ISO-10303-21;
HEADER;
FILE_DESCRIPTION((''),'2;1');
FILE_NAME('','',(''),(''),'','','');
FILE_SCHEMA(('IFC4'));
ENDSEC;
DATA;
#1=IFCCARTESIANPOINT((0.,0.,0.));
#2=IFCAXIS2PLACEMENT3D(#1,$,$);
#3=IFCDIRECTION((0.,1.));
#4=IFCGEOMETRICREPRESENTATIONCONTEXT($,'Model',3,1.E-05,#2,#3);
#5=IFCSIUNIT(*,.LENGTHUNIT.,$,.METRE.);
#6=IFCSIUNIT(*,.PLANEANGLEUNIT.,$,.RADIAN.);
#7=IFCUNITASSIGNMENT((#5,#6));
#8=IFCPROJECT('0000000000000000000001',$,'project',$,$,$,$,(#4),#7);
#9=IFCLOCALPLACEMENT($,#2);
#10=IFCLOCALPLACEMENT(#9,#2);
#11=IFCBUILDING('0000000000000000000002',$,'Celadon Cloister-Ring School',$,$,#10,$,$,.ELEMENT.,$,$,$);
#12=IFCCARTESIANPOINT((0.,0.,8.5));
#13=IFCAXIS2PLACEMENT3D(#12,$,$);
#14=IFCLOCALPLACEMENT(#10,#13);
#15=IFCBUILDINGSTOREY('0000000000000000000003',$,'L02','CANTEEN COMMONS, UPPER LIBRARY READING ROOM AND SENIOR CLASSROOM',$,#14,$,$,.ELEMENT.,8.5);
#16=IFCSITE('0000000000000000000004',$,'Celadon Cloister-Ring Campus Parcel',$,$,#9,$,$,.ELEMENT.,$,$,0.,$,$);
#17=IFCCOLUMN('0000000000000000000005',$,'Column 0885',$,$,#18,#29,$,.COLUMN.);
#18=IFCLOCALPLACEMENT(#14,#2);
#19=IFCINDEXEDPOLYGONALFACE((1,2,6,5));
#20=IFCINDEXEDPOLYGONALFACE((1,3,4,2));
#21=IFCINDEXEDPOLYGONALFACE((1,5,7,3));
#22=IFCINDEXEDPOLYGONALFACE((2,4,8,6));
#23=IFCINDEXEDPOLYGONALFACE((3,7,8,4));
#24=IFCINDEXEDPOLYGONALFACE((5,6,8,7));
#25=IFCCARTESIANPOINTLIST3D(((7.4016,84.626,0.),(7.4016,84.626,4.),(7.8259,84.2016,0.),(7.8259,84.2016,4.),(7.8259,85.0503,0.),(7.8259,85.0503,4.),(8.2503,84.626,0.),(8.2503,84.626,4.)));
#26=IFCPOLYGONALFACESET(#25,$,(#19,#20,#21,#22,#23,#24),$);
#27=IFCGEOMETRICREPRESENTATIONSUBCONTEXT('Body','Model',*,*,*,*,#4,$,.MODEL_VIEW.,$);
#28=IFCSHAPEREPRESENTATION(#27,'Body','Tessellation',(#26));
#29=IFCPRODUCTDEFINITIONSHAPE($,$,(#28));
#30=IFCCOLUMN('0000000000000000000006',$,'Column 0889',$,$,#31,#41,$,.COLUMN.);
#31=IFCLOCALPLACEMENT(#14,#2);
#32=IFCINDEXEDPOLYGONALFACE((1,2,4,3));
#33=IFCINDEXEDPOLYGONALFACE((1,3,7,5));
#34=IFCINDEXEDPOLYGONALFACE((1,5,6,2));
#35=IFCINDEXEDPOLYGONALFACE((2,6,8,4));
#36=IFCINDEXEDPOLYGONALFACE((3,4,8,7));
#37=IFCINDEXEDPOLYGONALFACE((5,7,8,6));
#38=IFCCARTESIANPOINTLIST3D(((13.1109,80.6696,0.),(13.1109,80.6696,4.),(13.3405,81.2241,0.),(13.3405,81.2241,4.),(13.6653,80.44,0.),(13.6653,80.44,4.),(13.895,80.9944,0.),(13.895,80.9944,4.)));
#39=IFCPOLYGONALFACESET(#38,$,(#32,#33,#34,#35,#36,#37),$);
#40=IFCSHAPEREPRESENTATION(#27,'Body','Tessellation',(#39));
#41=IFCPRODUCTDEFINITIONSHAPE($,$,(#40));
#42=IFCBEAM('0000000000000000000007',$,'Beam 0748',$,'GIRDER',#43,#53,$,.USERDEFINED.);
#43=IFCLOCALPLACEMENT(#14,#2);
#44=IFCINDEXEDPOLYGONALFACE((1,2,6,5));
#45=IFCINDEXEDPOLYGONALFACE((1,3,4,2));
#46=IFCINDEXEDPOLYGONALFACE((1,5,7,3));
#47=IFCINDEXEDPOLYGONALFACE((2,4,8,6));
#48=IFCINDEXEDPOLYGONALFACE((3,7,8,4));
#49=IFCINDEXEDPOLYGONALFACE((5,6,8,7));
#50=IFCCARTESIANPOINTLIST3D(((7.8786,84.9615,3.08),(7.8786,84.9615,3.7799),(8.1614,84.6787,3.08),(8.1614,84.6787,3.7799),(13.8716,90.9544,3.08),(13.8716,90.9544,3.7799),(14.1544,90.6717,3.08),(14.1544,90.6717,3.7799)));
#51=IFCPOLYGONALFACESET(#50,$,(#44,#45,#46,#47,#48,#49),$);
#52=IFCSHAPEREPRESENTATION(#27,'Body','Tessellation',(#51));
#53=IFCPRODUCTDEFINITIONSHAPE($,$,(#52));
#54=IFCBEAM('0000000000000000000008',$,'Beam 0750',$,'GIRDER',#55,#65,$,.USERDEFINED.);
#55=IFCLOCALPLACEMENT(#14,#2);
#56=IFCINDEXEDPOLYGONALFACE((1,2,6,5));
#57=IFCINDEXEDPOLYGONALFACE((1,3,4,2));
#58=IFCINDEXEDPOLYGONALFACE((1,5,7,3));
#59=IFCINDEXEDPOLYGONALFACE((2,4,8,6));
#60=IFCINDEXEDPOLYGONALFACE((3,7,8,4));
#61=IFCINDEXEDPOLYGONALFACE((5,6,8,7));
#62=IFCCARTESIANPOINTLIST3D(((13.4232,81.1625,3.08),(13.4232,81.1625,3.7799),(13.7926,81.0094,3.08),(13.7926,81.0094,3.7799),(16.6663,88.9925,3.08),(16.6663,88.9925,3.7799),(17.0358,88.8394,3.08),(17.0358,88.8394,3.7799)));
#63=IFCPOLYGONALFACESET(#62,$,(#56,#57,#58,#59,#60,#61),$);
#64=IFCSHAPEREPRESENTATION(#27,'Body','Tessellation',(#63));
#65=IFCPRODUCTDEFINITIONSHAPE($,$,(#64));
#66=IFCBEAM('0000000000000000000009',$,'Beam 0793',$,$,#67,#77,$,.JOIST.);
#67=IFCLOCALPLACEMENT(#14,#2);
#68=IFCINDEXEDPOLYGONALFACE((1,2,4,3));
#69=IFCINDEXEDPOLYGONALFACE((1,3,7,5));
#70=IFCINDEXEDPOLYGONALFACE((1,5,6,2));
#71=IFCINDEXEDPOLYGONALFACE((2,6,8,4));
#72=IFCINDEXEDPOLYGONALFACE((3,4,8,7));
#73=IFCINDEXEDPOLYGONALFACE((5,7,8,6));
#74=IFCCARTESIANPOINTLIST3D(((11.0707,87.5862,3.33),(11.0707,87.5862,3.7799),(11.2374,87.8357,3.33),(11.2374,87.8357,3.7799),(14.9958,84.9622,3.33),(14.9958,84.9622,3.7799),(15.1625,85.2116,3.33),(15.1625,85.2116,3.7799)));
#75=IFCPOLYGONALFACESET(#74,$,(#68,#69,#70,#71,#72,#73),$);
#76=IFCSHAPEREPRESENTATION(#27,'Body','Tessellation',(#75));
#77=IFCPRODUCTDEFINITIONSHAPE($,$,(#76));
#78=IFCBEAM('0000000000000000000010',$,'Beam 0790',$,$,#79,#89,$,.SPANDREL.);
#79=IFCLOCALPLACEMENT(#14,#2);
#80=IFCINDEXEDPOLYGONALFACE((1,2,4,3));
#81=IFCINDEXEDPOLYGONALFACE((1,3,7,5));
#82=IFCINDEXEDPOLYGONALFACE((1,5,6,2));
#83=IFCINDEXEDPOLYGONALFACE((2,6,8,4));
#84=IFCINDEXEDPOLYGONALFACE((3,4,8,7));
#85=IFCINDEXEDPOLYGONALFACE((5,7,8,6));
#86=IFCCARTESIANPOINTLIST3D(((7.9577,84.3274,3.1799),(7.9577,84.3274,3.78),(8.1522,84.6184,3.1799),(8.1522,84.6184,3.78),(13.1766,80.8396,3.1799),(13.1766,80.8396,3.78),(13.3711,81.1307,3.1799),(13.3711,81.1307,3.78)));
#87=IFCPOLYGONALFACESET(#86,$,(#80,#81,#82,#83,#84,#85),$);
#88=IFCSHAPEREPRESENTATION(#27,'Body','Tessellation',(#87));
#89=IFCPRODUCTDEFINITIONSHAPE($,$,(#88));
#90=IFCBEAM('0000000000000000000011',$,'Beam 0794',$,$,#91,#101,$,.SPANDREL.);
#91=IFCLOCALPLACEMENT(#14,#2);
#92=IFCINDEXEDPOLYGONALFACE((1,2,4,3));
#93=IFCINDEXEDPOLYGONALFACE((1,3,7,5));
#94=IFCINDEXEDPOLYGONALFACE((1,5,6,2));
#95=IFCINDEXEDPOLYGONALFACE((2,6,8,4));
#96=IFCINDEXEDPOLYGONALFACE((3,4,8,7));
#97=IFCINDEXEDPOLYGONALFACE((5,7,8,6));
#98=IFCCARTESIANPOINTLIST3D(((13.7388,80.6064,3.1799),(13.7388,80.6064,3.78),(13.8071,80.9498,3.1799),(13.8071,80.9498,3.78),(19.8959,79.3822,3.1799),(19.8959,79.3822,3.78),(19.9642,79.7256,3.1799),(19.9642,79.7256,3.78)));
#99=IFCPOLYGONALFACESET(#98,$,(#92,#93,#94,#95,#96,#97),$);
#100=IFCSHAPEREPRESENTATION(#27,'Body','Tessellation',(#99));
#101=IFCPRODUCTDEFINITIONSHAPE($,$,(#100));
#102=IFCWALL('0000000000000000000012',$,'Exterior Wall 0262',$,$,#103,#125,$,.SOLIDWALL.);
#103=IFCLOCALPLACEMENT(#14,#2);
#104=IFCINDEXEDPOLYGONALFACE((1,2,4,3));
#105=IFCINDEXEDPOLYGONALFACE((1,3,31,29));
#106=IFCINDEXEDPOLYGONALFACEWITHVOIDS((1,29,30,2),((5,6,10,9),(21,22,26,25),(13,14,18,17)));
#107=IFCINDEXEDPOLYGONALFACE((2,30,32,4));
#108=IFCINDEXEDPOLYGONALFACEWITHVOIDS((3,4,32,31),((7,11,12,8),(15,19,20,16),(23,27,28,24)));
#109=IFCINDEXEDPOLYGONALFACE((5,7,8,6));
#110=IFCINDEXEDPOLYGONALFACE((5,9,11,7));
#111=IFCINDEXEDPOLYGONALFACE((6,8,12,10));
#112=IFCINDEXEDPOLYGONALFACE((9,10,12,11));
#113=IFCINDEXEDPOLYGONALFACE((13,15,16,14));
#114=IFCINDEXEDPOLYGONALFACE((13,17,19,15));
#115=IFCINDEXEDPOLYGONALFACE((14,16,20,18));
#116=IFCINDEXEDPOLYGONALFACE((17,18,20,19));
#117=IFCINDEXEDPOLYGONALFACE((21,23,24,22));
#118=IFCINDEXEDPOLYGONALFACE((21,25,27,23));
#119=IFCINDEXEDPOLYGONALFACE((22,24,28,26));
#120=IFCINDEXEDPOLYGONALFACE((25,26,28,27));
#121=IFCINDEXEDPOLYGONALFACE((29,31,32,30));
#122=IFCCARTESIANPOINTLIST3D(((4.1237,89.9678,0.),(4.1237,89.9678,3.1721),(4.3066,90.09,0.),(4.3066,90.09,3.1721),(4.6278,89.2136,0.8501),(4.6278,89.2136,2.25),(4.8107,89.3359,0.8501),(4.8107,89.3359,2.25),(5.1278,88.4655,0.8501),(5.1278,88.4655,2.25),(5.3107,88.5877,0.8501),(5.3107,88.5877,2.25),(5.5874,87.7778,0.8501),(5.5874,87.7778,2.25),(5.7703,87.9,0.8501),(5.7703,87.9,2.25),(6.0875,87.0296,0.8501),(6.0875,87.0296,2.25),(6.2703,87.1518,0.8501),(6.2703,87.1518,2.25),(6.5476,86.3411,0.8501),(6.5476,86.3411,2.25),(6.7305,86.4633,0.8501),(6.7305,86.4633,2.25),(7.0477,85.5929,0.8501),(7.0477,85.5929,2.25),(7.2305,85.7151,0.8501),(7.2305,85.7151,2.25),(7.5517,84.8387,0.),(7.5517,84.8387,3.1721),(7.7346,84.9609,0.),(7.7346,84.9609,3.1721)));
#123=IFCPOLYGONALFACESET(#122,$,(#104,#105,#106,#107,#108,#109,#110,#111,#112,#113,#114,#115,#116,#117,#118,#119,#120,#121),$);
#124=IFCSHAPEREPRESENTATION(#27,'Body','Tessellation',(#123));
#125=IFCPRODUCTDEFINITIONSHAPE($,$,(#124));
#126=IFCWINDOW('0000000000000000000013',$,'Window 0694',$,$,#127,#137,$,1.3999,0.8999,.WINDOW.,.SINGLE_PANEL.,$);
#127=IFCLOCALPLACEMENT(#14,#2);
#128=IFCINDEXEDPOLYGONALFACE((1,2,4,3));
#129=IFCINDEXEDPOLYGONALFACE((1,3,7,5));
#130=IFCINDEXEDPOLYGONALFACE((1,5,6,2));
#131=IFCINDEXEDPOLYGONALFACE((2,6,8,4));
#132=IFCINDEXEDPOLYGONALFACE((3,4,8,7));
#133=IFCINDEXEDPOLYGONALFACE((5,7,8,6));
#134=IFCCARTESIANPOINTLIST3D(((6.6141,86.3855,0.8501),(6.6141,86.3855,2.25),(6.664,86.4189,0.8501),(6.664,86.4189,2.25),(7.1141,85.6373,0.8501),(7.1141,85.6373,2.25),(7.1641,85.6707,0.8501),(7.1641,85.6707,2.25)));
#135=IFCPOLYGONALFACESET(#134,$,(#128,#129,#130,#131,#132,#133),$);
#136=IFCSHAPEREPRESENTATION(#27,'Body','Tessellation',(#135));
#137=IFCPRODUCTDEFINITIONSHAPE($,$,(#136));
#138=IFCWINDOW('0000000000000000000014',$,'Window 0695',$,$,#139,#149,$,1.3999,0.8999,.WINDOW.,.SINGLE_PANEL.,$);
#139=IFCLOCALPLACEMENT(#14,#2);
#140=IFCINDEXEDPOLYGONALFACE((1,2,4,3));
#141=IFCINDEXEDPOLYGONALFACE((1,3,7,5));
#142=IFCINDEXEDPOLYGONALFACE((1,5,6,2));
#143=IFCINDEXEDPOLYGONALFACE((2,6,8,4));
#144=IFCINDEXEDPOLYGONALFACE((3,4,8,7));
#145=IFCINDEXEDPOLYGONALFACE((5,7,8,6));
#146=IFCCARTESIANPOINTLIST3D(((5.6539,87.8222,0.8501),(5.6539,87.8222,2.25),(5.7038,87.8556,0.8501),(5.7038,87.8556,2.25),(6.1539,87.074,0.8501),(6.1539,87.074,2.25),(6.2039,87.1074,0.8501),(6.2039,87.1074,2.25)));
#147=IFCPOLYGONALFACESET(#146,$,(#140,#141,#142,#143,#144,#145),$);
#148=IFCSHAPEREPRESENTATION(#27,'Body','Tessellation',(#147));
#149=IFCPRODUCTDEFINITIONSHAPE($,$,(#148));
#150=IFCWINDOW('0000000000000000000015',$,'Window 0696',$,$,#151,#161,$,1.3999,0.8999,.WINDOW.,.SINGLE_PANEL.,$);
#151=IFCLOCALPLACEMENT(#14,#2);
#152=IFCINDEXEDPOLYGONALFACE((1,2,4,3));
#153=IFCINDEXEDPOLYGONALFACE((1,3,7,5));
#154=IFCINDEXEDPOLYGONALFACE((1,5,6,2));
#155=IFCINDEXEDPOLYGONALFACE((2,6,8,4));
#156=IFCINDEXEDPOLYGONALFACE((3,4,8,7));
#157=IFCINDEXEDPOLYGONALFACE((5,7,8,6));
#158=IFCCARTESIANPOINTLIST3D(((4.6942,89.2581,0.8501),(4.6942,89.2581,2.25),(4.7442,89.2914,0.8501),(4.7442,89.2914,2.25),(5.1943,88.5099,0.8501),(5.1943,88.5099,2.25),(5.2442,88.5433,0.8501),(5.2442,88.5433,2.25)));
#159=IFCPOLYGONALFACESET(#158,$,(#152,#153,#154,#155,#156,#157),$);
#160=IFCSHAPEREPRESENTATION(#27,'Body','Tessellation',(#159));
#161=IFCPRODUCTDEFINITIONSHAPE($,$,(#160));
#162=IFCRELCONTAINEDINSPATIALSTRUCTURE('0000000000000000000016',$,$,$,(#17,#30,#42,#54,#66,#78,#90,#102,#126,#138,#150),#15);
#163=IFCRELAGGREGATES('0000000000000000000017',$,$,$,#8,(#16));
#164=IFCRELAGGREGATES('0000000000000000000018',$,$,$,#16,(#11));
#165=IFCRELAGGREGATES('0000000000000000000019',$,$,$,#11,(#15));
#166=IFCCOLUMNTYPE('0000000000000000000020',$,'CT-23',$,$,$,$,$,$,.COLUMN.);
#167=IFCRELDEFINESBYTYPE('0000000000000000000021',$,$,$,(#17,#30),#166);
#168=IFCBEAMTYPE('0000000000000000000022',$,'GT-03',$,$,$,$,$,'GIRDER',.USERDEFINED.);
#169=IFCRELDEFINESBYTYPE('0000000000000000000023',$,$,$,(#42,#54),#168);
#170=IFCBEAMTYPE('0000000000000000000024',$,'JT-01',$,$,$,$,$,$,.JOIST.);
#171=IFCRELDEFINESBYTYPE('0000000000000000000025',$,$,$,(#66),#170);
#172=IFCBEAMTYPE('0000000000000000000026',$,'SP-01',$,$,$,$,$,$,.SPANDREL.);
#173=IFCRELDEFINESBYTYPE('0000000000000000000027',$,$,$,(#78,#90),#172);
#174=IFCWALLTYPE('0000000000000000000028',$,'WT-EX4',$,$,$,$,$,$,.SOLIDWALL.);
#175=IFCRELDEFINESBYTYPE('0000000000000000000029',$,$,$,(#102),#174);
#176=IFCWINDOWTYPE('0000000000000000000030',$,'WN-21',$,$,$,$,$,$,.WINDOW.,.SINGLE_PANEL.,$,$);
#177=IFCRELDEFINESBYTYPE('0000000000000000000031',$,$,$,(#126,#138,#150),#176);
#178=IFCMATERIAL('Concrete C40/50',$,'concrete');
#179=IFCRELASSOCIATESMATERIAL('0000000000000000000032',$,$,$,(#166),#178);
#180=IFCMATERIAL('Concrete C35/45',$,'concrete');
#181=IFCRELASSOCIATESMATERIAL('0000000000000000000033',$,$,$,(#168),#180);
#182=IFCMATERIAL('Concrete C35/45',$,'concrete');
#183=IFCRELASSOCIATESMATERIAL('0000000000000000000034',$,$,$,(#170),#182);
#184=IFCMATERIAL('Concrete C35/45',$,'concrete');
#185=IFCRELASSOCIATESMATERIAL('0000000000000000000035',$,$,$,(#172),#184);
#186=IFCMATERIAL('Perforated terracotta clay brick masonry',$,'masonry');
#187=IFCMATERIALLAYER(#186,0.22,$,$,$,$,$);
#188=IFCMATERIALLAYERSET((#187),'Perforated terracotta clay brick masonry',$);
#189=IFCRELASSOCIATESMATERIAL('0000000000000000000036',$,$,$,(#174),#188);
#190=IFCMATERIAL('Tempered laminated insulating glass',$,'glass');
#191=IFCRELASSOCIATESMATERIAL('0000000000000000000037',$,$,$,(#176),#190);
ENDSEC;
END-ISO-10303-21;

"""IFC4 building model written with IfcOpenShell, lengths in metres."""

from ifc_helpers import new_model, si_unit, direction, frame, frame_2d, origin, origin_2d, place, context, subcontext, project, spatial, rectangle, extrude, material, layer, layer_set, material_profile, profile_set, type_object, element, fill, save


model = new_model("IFC4")

# Units and contexts
model_context = context("Model", 3, precision=1e-05, world=origin(), true_north=direction((0.0, 1.0)))
body_context = subcontext(model_context, "Body", "Model", "MODEL_VIEW")
ifc_project = project(units=[si_unit("LENGTHUNIT", "METRE"), si_unit("PLANEANGLEUNIT", "RADIAN")], contexts=[model_context])

# Site, building, storey
site_placement = place(None, origin())
site = spatial("IfcSite", under=ifc_project, at=site_placement, Name="Celadon Cloister-Ring Campus Parcel", CompositionType="ELEMENT", RefElevation=0.0)
building_placement = place(site_placement, origin())
building = spatial("IfcBuilding", under=site, at=building_placement, Name="Celadon Cloister-Ring School", CompositionType="ELEMENT")
storey_placement = place(building_placement, frame((0.0, 0.0, 8.5)))
storey = spatial("IfcBuildingStorey", under=building, at=storey_placement, Name="L02", Description="CANTEEN COMMONS, UPPER LIBRARY READING ROOM AND SENIOR CLASSROOM", CompositionType="ELEMENT", Elevation=8.5)

# Columns
ifc_material_1 = material(Name="Concrete C40/50", Category="concrete")
ifc_material_profile_1 = material_profile(ifc_material_1, rectangle(XDim=0.6001, YDim=0.6001, at=origin_2d()), Name="RC600X600")
ifc_profile_set_1 = profile_set([ifc_material_profile_1], Name="Concrete C40/50")
column_type = type_object("IfcColumnType", Name="CT-23", PredefinedType="COLUMN", material=ifc_profile_set_1)
for number, where, z_axis, x_axis, name in (
    (1, (7.8259, 84.626, 0.0), (0.0, 0.0, 1.0), (-0.707107, -0.707107, 0.0), "Column 0885"),
    (2, (13.5029, 80.832, 0.0), (0.0, 0.0, 1.0), (-0.382683, -0.92388, 0.0), "Column 0889"),
):
    element("IfcColumn", number, at=place(storey_placement, frame(where, z_axis=z_axis, x_axis=x_axis)), inside=storey, type_object=column_type, Name=name, PredefinedType="COLUMN", context=body_context, shape_type="SweptSolid", body=[
        extrude(rectangle(XDim=0.6001, YDim=0.6001, at=origin_2d()), origin(), (0.0, 0.0, 1.0), 4.0),
    ])

# Beams
ifc_material_2 = material(Name="Concrete C35/45", Category="concrete")
ifc_material_profile_2 = material_profile(ifc_material_2, rectangle(XDim=0.3999, YDim=0.7, at=origin_2d()), Name="RC400X700")
ifc_profile_set_2 = profile_set([ifc_material_profile_2], Name="Concrete C35/45")
beam_type_1 = type_object("IfcBeamType", Name="GT-03", ElementType="GIRDER", PredefinedType="USERDEFINED", material=ifc_profile_set_2)
beam_1_placement = place(storey_placement, frame((8.02, 84.8201, 3.4299), z_axis=(0.707107, 0.707107, 0.0), x_axis=(-0.707107, 0.707107, 0.0)))
element("IfcBeam", 3, at=beam_1_placement, inside=storey, type_object=beam_type_1, Name="Beam 0748", ObjectType="GIRDER", PredefinedType="USERDEFINED", context=body_context, shape_type="SweptSolid", body=[
    extrude(rectangle(XDim=0.3999, YDim=0.7, at=origin_2d()), origin(), (0.0, 0.0, 1.0), 8.4753),
])
beam_2_placement = place(storey_placement, frame((13.6079, 81.0859, 3.4299), z_axis=(0.382667, 0.923886, 0.0), x_axis=(-0.923886, 0.382667, 0.0)))
element("IfcBeam", 4, at=beam_2_placement, inside=storey, type_object=beam_type_1, Name="Beam 0750", ObjectType="GIRDER", PredefinedType="USERDEFINED", context=body_context, shape_type="SweptSolid", body=[
    extrude(rectangle(XDim=0.3999, YDim=0.7, at=origin_2d()), origin(), (0.0, 0.0, 1.0), 8.4751),
])
ifc_material_3 = material(Name="Concrete C35/45", Category="concrete")
ifc_material_profile_3 = material_profile(ifc_material_3, rectangle(XDim=0.3, YDim=0.45, at=origin_2d()), Name="RC300X450")
ifc_profile_set_3 = profile_set([ifc_material_profile_3], Name="Concrete C35/45")
beam_type_2 = type_object("IfcBeamType", Name="JT-01", PredefinedType="JOIST", material=ifc_profile_set_3)
beam_3_placement = place(storey_placement, frame((11.1541, 87.7109, 3.5549), z_axis=(0.831334, -0.555774, 0.0), x_axis=(0.555774, 0.831334, 0.0)))
element("IfcBeam", 5, at=beam_3_placement, inside=storey, type_object=beam_type_2, Name="Beam 0793", PredefinedType="JOIST", context=body_context, shape_type="SweptSolid", body=[
    extrude(rectangle(XDim=0.3, YDim=0.45, at=origin_2d()), origin(), (0.0, 0.0, 1.0), 4.7214),
])
ifc_material_4 = material(Name="Concrete C35/45", Category="concrete")
ifc_material_profile_4 = material_profile(ifc_material_4, rectangle(XDim=0.3501, YDim=0.6001, at=origin_2d()), Name="RC350X600")
ifc_profile_set_4 = profile_set([ifc_material_profile_4], Name="Concrete C35/45")
beam_type_3 = type_object("IfcBeamType", Name="SP-01", PredefinedType="SPANDREL", material=ifc_profile_set_4)
beam_4_placement = place(storey_placement, frame((8.0549, 84.4729, 3.48), z_axis=(0.831427, -0.555633, 0.0), x_axis=(0.555633, 0.831427, 0.0)))
element("IfcBeam", 6, at=beam_4_placement, inside=storey, type_object=beam_type_3, Name="Beam 0790", PredefinedType="SPANDREL", context=body_context, shape_type="SweptSolid", body=[
    extrude(rectangle(XDim=0.3501, YDim=0.6001, at=origin_2d()), origin(), (0.0, 0.0, 1.0), 6.2771),
])
beam_5_placement = place(storey_placement, frame((13.7729, 80.7781, 3.48), z_axis=(0.980803, -0.195002, 0.0), x_axis=(0.195002, 0.980803, 0.0)))
element("IfcBeam", 7, at=beam_5_placement, inside=storey, type_object=beam_type_3, Name="Beam 0794", PredefinedType="SPANDREL", context=body_context, shape_type="SweptSolid", body=[
    extrude(rectangle(XDim=0.3501, YDim=0.6001, at=origin_2d()), origin(), (0.0, 0.0, 1.0), 6.2776),
])

# Wall, openings, windows
ifc_material_5 = material(Name="Perforated terracotta clay brick masonry", Category="masonry")
ifc_layer_1 = layer(ifc_material_5, 0.22)
ifc_layer_set_1 = layer_set([ifc_layer_1], Name="Perforated terracotta clay brick masonry")
wall_type = type_object("IfcWallType", Name="WT-EX4", PredefinedType="SOLIDWALL", material=ifc_layer_set_1)
wall_1_placement = place(storey_placement, frame((7.6431, 84.8999, 0.0), z_axis=(0.0, 0.0, 1.0), x_axis=(-0.555659, 0.83141, 0.0)))
wall_1 = element("IfcWall", 8, at=wall_1_placement, inside=storey, type_object=wall_type, Name="Exterior Wall 0262", PredefinedType="SOLIDWALL", context=body_context, shape_type="SweptSolid", body=[
    extrude(rectangle(XDim=6.1692, YDim=0.22, at=frame_2d((3.0845, 0.0))), origin(), (0.0, 0.0, 1.0), 3.1721),
])
opening_1_placement = place(wall_1_placement, frame((0.907, 0.0, 0.8501)))
opening_1 = element("IfcOpeningElement", 9, at=opening_1_placement, cuts=wall_1, PredefinedType="OPENING", context=body_context, shape_type="SweptSolid", body=[
    extrude(rectangle(XDim=0.8999, YDim=1.3999, at=frame_2d((0.45, 0.7))), frame((0.0, 0.1201, 0.0), z_axis=(0.0, -1.0, 0.0), x_axis=(1.0, 0.0, 0.0)), (0.0, 0.0, 1.0), 0.24),
])
opening_2_placement = place(wall_1_placement, frame((2.635, 0.0, 0.8501)))
opening_2 = element("IfcOpeningElement", 10, at=opening_2_placement, cuts=wall_1, PredefinedType="OPENING", context=body_context, shape_type="SweptSolid", body=[
    extrude(rectangle(XDim=0.8999, YDim=1.3999, at=frame_2d((0.45, 0.7))), frame((0.0, 0.1201, 0.0), z_axis=(0.0, -1.0, 0.0), x_axis=(1.0, 0.0, 0.0)), (0.0, 0.0, 1.0), 0.24),
])
opening_3_placement = place(wall_1_placement, frame((4.3621, 0.0, 0.8501)))
opening_3 = element("IfcOpeningElement", 11, at=opening_3_placement, cuts=wall_1, PredefinedType="OPENING", context=body_context, shape_type="SweptSolid", body=[
    extrude(rectangle(XDim=0.8999, YDim=1.3999, at=frame_2d((0.45, 0.7))), frame((0.0, 0.1201, 0.0), z_axis=(0.0, -1.0, 0.0), x_axis=(1.0, 0.0, 0.0)), (0.0, 0.0, 1.0), 0.24),
])
ifc_material_6 = material(Name="Tempered laminated insulating glass", Category="glass")
window_type_1 = type_object("IfcWindowType", Name="WN-21", PartitioningType="SINGLE_PANEL", PredefinedType="WINDOW", material=ifc_material_6)
window_1_placement = place(opening_1_placement, origin())
window_1 = element("IfcWindow", 12, at=window_1_placement, inside=storey, type_object=window_type_1, Name="Window 0694", OverallHeight=1.3999, OverallWidth=0.8999, PartitioningType="SINGLE_PANEL", PredefinedType="WINDOW", context=body_context, shape_type="SweptSolid", body=[
    extrude(rectangle(XDim=0.8999, YDim=1.3999, at=frame_2d((0.45, 0.7))), frame((0.0, 0.03, 0.0), z_axis=(0.0, -1.0, 0.0), x_axis=(1.0, 0.0, 0.0)), (0.0, 0.0, 1.0), 0.0601),
])
fill(opening_1, window_1)
window_2_placement = place(opening_2_placement, origin())
window_2 = element("IfcWindow", 13, at=window_2_placement, inside=storey, type_object=window_type_1, Name="Window 0695", OverallHeight=1.3999, OverallWidth=0.8999, PartitioningType="SINGLE_PANEL", PredefinedType="WINDOW", context=body_context, shape_type="SweptSolid", body=[
    extrude(rectangle(XDim=0.8999, YDim=1.3999, at=frame_2d((0.45, 0.7))), frame((0.0, 0.03, 0.0), z_axis=(0.0, -1.0, 0.0), x_axis=(1.0, 0.0, 0.0)), (0.0, 0.0, 1.0), 0.0601),
])
fill(opening_2, window_2)
window_3_placement = place(opening_3_placement, origin())
window_3 = element("IfcWindow", 14, at=window_3_placement, inside=storey, type_object=window_type_1, Name="Window 0696", OverallHeight=1.3999, OverallWidth=0.8999, PartitioningType="SINGLE_PANEL", PredefinedType="WINDOW", context=body_context, shape_type="SweptSolid", body=[
    extrude(rectangle(XDim=0.8999, YDim=1.3999, at=frame_2d((0.45, 0.7))), frame((0.0, 0.03, 0.0), z_axis=(0.0, -1.0, 0.0), x_axis=(1.0, 0.0, 0.0)), (0.0, 0.0, 1.0), 0.0601),
])
fill(opening_3, window_3)

save(model, "model.ifc")
